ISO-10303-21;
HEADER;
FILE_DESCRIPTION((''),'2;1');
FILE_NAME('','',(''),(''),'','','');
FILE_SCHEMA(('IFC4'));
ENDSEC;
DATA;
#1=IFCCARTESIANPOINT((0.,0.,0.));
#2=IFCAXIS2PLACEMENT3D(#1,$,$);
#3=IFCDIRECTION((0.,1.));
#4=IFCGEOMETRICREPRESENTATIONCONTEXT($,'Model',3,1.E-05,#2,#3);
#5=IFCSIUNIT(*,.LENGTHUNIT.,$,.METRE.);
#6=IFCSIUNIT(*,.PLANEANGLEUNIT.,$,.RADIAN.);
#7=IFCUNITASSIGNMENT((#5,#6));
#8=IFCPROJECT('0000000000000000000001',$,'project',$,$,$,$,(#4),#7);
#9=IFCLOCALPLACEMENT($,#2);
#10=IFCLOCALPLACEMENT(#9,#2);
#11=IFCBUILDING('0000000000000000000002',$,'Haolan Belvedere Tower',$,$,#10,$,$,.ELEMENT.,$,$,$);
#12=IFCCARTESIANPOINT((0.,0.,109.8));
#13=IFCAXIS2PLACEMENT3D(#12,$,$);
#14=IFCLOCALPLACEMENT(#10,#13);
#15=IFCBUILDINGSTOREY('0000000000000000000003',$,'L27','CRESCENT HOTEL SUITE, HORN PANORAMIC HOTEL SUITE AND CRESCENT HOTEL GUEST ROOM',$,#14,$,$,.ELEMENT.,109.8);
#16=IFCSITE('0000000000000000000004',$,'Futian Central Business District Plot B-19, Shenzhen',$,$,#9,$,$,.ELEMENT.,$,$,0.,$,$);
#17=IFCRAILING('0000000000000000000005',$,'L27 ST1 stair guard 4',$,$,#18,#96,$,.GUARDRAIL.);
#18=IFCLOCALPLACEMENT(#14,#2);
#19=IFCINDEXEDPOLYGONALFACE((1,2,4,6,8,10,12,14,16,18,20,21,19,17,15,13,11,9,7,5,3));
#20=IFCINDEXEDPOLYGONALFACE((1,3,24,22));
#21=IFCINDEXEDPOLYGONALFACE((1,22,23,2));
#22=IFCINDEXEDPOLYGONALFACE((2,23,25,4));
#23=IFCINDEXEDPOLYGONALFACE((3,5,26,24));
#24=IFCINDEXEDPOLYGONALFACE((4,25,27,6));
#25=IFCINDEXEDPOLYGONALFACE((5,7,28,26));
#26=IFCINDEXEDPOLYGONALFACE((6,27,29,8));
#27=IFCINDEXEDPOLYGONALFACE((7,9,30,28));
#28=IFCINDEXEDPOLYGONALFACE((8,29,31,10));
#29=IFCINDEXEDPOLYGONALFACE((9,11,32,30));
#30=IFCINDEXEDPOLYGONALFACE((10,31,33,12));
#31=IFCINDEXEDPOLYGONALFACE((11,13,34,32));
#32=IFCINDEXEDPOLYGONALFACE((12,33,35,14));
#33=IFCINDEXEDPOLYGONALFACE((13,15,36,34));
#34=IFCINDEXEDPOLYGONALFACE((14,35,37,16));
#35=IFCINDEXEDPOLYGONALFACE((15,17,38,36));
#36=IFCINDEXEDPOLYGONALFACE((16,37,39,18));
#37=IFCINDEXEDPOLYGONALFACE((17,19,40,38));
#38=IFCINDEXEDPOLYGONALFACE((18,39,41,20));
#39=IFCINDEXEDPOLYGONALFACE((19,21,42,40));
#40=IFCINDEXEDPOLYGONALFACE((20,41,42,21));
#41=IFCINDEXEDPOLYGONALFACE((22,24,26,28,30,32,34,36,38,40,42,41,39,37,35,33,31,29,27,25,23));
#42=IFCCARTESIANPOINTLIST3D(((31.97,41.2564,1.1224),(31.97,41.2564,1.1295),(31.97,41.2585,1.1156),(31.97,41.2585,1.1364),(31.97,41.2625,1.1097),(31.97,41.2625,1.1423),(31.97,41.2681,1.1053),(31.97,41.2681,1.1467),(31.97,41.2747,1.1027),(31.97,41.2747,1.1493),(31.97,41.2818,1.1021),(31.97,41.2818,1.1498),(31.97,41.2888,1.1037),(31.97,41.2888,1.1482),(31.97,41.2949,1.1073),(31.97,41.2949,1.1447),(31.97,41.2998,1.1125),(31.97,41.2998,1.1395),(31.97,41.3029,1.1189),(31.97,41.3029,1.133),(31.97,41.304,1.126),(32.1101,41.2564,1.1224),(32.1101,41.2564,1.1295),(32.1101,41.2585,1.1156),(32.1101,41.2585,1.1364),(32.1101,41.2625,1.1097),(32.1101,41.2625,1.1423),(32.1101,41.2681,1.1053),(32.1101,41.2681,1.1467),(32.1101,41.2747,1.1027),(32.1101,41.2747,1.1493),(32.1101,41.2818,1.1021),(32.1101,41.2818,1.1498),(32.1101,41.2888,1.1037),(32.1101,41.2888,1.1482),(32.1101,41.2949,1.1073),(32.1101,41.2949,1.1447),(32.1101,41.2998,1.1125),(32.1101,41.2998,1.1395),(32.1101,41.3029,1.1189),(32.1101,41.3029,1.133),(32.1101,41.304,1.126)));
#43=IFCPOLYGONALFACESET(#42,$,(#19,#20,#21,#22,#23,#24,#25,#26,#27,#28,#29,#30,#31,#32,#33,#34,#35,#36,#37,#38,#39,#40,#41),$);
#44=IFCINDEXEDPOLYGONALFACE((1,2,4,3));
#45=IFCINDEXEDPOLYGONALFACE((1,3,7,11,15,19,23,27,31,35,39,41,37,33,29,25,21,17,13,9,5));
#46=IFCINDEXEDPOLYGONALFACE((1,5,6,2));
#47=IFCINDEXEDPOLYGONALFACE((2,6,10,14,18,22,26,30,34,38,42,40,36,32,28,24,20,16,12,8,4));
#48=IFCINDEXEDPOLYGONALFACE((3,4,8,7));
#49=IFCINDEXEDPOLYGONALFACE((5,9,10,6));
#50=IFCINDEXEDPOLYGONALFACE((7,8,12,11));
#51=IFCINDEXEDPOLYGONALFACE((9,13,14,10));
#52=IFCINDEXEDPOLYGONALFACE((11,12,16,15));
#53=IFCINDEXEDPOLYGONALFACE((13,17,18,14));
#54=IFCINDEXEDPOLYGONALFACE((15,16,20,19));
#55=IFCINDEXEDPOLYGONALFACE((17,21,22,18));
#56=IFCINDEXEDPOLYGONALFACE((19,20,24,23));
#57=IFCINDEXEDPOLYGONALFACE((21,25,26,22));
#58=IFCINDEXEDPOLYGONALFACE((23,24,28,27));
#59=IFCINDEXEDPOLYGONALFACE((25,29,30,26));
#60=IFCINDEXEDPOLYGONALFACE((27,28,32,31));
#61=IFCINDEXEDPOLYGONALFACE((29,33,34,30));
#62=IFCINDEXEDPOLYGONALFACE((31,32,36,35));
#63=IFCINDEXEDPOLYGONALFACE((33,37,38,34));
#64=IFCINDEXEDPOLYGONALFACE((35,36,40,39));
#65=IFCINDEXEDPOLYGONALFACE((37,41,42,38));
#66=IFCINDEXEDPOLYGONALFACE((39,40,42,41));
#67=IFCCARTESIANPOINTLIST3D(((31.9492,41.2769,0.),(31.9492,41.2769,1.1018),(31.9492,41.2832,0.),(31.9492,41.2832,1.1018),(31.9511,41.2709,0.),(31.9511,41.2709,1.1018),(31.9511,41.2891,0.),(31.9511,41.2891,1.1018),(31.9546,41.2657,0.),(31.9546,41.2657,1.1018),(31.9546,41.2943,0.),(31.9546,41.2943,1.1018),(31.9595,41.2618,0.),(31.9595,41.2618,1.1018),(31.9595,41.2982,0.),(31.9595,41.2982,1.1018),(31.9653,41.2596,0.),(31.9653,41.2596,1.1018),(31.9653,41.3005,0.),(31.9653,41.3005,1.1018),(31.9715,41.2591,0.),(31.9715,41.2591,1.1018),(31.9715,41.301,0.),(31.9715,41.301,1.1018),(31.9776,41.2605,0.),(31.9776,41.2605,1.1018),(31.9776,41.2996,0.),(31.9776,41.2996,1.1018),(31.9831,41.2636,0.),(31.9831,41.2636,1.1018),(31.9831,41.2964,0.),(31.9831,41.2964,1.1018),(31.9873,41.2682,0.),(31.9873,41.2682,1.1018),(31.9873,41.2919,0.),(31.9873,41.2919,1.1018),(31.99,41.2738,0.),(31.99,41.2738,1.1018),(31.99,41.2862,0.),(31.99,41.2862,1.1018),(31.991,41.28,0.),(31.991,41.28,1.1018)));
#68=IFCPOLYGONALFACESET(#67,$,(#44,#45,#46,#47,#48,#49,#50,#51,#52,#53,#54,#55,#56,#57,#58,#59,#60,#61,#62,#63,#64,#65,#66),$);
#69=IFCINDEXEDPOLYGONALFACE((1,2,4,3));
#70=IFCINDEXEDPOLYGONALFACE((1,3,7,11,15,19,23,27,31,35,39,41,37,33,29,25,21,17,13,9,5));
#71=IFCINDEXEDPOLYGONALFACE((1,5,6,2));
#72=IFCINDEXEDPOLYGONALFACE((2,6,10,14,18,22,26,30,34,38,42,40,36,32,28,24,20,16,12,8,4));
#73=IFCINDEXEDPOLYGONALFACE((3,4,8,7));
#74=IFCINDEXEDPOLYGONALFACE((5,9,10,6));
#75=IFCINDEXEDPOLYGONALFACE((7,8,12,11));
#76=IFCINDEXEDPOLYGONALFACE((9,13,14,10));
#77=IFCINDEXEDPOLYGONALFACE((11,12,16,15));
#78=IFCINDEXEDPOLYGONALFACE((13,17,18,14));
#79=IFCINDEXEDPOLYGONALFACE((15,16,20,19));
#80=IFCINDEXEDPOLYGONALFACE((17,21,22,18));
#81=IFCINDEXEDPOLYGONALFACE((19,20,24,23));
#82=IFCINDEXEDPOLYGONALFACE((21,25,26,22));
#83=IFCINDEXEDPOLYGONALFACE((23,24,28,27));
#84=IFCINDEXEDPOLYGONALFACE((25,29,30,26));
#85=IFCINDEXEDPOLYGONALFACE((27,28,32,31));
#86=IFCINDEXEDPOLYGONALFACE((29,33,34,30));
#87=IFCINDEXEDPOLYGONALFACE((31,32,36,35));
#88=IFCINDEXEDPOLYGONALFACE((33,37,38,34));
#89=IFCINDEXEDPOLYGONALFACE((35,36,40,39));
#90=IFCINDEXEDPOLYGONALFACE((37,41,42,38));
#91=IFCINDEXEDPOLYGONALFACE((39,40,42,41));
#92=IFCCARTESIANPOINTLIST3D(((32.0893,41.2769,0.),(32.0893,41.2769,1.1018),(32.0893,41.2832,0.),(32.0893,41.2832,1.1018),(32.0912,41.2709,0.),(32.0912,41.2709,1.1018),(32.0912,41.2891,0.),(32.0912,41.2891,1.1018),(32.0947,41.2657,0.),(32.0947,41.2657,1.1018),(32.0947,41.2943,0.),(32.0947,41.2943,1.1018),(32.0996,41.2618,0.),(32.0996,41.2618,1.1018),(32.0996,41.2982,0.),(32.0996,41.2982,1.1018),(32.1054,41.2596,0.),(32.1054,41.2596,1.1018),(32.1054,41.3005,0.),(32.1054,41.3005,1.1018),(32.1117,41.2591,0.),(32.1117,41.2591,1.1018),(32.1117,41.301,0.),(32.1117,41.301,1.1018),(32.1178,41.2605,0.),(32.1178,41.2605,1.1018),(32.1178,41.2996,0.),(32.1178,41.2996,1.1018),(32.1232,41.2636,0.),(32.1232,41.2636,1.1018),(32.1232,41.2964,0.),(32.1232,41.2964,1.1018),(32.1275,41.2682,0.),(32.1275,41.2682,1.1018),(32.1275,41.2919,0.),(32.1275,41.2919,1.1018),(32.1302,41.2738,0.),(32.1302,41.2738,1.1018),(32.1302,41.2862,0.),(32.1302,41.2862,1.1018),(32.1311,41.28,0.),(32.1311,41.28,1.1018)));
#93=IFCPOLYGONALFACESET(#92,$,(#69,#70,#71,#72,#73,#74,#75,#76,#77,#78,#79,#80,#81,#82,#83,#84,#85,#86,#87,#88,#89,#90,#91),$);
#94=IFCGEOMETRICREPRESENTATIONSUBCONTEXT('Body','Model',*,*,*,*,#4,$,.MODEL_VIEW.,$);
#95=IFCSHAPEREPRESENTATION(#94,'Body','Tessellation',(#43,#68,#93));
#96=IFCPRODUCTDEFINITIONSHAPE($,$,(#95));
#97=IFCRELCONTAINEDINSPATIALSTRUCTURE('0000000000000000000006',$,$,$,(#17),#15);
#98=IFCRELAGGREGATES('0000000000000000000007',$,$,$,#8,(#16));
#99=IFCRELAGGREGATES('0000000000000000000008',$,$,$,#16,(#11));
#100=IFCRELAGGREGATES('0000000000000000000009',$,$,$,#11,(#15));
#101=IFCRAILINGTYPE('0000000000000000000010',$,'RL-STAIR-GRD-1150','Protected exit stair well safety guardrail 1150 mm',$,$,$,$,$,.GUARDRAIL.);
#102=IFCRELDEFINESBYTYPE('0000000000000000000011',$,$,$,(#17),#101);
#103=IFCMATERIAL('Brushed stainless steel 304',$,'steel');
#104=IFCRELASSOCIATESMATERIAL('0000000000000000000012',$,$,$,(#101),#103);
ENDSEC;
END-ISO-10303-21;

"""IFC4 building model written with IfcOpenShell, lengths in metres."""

from ifc_helpers import new_model, si_unit, direction, frame, origin, origin_2d, place, context, subcontext, project, spatial, circle, extrude, material, type_object, element, save


model = new_model("IFC4")

# Units and contexts
model_context = context("Model", 3, precision=1e-05, world=origin(), true_north=direction((0.0, 1.0)))
body_context = subcontext(model_context, "Body", "Model", "MODEL_VIEW")
ifc_project = project(units=[si_unit("LENGTHUNIT", "METRE"), si_unit("PLANEANGLEUNIT", "RADIAN")], contexts=[model_context])

# Site, building, storey
site_placement = place(None, origin())
site = spatial("IfcSite", under=ifc_project, at=site_placement, Name="Futian Central Business District Plot B-19, Shenzhen", CompositionType="ELEMENT", RefElevation=0.0)
building_placement = place(site_placement, origin())
building = spatial("IfcBuilding", under=site, at=building_placement, Name="Haolan Belvedere Tower", CompositionType="ELEMENT")
storey_placement = place(building_placement, frame((0.0, 0.0, 109.8)))
storey = spatial("IfcBuildingStorey", under=building, at=storey_placement, Name="L27", Description="CRESCENT HOTEL SUITE, HORN PANORAMIC HOTEL SUITE AND CRESCENT HOTEL GUEST ROOM", CompositionType="ELEMENT", Elevation=109.8)

# Railing
ifc_material_1 = material(Name="Brushed stainless steel 304", Category="steel")
railing_type = type_object("IfcRailingType", Name="RL-STAIR-GRD-1150", Description="Protected exit stair well safety guardrail 1150 mm", PredefinedType="GUARDRAIL", material=ifc_material_1)
railing_1_placement = place(storey_placement, frame((31.97, 41.28, 0.0)))
element("IfcRailing", 1, at=railing_1_placement, inside=storey, type_object=railing_type, Name="L27 ST1 stair guard 4", PredefinedType="GUARDRAIL", context=body_context, shape_type="SweptSolid", body=[
    extrude(circle(Radius=0.0239, at=origin_2d()), frame((0.0, 0.0, 1.126), z_axis=(1.0, 0.0, 0.0), x_axis=(0.0, 1.0, 0.0)), (0.0, 0.0, 1.0), 0.1401),
    extrude(circle(Radius=0.021, at=origin_2d()), origin(), (0.0, 0.0, 1.0), 1.1018),
    extrude(circle(Radius=0.021, at=origin_2d()), frame((0.1401, 0.0, 0.0)), (0.0, 0.0, 1.0), 1.1018),
])

save(model, "model.ifc")
